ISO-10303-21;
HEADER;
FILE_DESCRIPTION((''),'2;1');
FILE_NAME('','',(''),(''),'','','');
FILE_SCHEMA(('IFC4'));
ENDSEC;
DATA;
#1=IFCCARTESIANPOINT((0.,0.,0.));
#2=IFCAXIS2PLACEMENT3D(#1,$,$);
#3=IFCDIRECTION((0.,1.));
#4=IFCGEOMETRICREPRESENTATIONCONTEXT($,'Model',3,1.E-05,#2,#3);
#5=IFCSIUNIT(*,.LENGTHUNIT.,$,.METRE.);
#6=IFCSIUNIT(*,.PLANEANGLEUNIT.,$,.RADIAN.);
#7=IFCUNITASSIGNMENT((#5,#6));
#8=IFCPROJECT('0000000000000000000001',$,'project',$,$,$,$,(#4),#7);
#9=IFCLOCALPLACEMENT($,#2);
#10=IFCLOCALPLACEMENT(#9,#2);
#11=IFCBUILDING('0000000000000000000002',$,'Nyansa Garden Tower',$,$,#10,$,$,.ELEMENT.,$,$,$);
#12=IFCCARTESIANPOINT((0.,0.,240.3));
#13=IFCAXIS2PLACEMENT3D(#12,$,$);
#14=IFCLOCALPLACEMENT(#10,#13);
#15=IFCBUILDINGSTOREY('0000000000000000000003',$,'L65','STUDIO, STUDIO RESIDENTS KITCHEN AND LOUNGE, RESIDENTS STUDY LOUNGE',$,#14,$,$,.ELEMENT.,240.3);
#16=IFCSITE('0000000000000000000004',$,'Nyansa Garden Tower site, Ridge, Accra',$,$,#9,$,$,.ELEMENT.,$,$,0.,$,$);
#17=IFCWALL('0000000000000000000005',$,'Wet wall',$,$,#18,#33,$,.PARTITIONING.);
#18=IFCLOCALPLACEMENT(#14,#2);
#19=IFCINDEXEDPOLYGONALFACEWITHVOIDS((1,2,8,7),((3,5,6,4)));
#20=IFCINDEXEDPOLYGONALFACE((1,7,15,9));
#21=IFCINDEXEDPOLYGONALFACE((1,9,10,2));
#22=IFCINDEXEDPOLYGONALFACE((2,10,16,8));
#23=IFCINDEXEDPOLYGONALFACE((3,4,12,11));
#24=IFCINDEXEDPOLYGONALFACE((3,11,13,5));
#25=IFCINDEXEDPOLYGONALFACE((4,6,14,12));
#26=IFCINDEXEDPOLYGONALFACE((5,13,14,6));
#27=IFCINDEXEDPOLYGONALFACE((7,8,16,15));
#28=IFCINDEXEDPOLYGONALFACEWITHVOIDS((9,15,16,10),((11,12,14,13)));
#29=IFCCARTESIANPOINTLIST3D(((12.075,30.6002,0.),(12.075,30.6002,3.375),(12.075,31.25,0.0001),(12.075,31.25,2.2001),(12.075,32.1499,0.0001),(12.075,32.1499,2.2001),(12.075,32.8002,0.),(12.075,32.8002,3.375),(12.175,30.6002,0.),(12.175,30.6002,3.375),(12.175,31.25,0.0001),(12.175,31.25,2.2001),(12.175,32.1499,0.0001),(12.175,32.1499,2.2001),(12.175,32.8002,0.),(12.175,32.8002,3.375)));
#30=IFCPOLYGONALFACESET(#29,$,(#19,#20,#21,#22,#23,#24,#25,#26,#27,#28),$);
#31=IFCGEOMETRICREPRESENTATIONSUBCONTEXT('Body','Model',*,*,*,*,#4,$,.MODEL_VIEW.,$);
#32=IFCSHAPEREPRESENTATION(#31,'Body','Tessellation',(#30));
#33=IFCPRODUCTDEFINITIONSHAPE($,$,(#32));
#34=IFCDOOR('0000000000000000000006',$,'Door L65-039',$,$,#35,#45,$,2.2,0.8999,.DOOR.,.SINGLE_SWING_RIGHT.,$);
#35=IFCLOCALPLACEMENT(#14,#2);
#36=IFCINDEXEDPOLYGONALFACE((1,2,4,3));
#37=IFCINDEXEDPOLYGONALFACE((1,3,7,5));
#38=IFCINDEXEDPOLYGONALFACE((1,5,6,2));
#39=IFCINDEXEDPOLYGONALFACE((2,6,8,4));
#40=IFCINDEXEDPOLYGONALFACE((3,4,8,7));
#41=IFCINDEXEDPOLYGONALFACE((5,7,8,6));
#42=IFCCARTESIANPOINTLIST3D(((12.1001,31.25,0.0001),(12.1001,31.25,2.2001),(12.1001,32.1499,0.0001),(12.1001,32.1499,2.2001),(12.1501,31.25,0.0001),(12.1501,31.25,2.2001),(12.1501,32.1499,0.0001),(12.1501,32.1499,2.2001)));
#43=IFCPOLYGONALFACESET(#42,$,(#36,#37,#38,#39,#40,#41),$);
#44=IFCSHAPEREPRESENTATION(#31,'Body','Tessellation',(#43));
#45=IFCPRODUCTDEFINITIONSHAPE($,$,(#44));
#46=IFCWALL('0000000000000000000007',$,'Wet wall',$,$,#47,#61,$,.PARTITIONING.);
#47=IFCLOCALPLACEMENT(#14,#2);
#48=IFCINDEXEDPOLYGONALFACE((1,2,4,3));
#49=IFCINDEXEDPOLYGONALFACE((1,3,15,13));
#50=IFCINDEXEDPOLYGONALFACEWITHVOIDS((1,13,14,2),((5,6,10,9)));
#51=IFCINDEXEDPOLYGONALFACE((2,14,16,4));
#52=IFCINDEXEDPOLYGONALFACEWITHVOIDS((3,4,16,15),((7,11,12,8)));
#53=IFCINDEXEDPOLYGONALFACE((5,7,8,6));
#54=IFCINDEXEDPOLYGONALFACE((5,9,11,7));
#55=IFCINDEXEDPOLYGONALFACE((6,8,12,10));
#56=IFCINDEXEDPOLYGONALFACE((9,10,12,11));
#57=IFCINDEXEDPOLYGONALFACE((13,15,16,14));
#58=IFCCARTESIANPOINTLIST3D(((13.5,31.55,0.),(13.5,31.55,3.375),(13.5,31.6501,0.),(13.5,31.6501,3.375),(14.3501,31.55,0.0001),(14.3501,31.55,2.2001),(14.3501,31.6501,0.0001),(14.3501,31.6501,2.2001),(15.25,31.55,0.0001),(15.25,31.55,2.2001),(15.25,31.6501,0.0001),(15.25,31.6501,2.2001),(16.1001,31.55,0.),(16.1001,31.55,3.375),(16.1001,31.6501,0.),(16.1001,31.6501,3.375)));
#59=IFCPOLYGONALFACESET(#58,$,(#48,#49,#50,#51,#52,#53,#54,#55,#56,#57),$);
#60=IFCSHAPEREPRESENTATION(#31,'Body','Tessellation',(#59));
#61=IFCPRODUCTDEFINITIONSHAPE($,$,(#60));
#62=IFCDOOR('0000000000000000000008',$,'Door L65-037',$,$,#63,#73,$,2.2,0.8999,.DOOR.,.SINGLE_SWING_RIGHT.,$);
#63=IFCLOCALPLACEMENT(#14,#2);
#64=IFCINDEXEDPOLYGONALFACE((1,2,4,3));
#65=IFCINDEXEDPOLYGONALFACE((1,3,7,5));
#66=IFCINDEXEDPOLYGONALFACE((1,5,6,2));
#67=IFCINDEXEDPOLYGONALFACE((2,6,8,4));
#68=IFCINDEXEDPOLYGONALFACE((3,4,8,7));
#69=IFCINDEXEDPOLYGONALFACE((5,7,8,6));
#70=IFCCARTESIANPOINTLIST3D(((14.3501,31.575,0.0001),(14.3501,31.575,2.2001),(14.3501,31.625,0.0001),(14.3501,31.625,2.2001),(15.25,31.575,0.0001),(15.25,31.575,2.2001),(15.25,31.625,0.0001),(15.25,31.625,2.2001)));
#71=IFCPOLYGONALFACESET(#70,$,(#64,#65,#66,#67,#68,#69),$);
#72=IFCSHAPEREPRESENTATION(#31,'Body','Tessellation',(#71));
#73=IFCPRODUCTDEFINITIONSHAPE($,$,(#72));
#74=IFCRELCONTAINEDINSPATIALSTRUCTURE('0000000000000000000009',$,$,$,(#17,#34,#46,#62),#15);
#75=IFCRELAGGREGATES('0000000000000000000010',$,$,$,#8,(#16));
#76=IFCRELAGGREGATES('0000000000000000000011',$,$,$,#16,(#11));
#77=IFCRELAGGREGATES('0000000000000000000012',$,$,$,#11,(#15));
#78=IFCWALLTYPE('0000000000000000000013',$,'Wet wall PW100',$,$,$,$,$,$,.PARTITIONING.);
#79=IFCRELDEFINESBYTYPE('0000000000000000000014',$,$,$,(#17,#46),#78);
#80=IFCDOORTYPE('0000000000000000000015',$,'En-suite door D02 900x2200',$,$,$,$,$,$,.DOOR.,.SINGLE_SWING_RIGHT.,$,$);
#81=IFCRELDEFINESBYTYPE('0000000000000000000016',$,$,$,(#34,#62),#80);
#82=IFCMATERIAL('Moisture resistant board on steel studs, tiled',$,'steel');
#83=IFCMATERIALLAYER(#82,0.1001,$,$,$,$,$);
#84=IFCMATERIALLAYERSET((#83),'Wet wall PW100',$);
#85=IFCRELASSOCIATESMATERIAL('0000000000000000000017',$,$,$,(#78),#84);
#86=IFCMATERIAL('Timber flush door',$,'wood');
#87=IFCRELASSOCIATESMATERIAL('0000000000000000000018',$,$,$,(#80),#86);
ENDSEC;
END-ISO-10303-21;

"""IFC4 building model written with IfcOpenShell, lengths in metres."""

from ifc_helpers import new_model, si_unit, direction, frame, frame_2d, origin, place, context, subcontext, project, spatial, rectangle, extrude, material, layer, layer_set, type_object, element, fill, save


model = new_model("IFC4")

# Units and contexts
model_context = context("Model", 3, precision=1e-05, world=origin(), true_north=direction((0.0, 1.0)))
body_context = subcontext(model_context, "Body", "Model", "MODEL_VIEW")
ifc_project = project(units=[si_unit("LENGTHUNIT", "METRE"), si_unit("PLANEANGLEUNIT", "RADIAN")], contexts=[model_context])

# Site, building, storey
site_placement = place(None, origin())
site = spatial("IfcSite", under=ifc_project, at=site_placement, Name="Nyansa Garden Tower site, Ridge, Accra", CompositionType="ELEMENT", RefElevation=0.0)
building_placement = place(site_placement, origin())
building = spatial("IfcBuilding", under=site, at=building_placement, Name="Nyansa Garden Tower", CompositionType="ELEMENT")
storey_placement = place(building_placement, frame((0.0, 0.0, 240.3)))
storey = spatial("IfcBuildingStorey", under=building, at=storey_placement, Name="L65", Description="STUDIO, STUDIO RESIDENTS KITCHEN AND LOUNGE, RESIDENTS STUDY LOUNGE", CompositionType="ELEMENT", Elevation=240.3)

# Shared definitions
ifc_material_1 = material(Name="Moisture resistant board on steel studs, tiled", Category="steel")
ifc_layer_1 = layer(ifc_material_1, 0.1001)
ifc_layer_set_1 = layer_set([ifc_layer_1], Name="Wet wall PW100")
wall_type_1 = type_object("IfcWallType", Name="Wet wall PW100", PredefinedType="PARTITIONING", material=ifc_layer_set_1)

# Walls, openings, doors
wall_1_placement = place(storey_placement, frame((12.125, 30.6001, 0.0), z_axis=(0.0, 0.0, 1.0), x_axis=(0.0, 1.0, 0.0)))
wall_1 = element("IfcWall", 1, at=wall_1_placement, inside=storey, type_object=wall_type_1, Name="Wet wall", PredefinedType="PARTITIONING", context=body_context, shape_type="SweptSolid", body=[
    extrude(rectangle(XDim=2.2, YDim=0.1001, at=frame_2d((1.1001, 0.0))), origin(), (0.0, 0.0, 1.0), 3.375),
])
opening_1_placement = place(wall_1_placement, frame((0.6499, 0.0, 0.0)))
opening_1 = element("IfcOpeningElement", 2, at=opening_1_placement, cuts=wall_1, PredefinedType="OPENING", context=body_context, shape_type="SweptSolid", body=[
    extrude(rectangle(XDim=0.8999, YDim=2.2, at=frame_2d((0.45, 1.1001))), frame((0.0, 0.0601, 0.0), z_axis=(0.0, -1.0, 0.0), x_axis=(1.0, 0.0, 0.0)), (0.0, 0.0, 1.0), 0.1201),
])
ifc_material_2 = material(Name="Timber flush door", Category="wood")
door_type_1 = type_object("IfcDoorType", Name="En-suite door D02 900x2200", OperationType="SINGLE_SWING_RIGHT", PredefinedType="DOOR", material=ifc_material_2)
door_1_placement = place(opening_1_placement, origin())
door_1 = element("IfcDoor", 3, at=door_1_placement, inside=storey, type_object=door_type_1, Name="Door L65-039", OperationType="SINGLE_SWING_RIGHT", OverallHeight=2.2, OverallWidth=0.8999, PredefinedType="DOOR", context=body_context, shape_type="SweptSolid", body=[
    extrude(rectangle(XDim=0.8999, YDim=2.2, at=frame_2d((0.45, 1.1001))), frame((0.0, 0.0249, 0.0), z_axis=(0.0, -1.0, 0.0), x_axis=(1.0, 0.0, 0.0)), (0.0, 0.0, 1.0), 0.05),
])
fill(opening_1, door_1)
wall_2_placement = place(storey_placement, frame((13.5, 31.6001, 0.0), z_axis=(0.0, 0.0, 1.0), x_axis=(1.0, 0.0, 0.0)))
wall_2 = element("IfcWall", 4, at=wall_2_placement, inside=storey, type_object=wall_type_1, Name="Wet wall", PredefinedType="PARTITIONING", context=body_context, shape_type="SweptSolid", body=[
    extrude(rectangle(XDim=2.6001, YDim=0.1001, at=frame_2d((1.3, 0.0))), origin(), (0.0, 0.0, 1.0), 3.375),
])
opening_2_placement = place(wall_2_placement, frame((0.8501, 0.0, 0.0)))
opening_2 = element("IfcOpeningElement", 5, at=opening_2_placement, cuts=wall_2, PredefinedType="OPENING", context=body_context, shape_type="SweptSolid", body=[
    extrude(rectangle(XDim=0.8999, YDim=2.2, at=frame_2d((0.45, 1.1001))), frame((0.0, 0.0601, 0.0), z_axis=(0.0, -1.0, 0.0), x_axis=(1.0, 0.0, 0.0)), (0.0, 0.0, 1.0), 0.1201),
])
door_2_placement = place(opening_2_placement, origin())
door_2 = element("IfcDoor", 6, at=door_2_placement, inside=storey, type_object=door_type_1, Name="Door L65-037", OperationType="SINGLE_SWING_RIGHT", OverallHeight=2.2, OverallWidth=0.8999, PredefinedType="DOOR", context=body_context, shape_type="SweptSolid", body=[
    extrude(rectangle(XDim=0.8999, YDim=2.2, at=frame_2d((0.45, 1.1001))), frame((0.0, 0.0249, 0.0), z_axis=(0.0, -1.0, 0.0), x_axis=(1.0, 0.0, 0.0)), (0.0, 0.0, 1.0), 0.05),
])
fill(opening_2, door_2)

save(model, "model.ifc")
